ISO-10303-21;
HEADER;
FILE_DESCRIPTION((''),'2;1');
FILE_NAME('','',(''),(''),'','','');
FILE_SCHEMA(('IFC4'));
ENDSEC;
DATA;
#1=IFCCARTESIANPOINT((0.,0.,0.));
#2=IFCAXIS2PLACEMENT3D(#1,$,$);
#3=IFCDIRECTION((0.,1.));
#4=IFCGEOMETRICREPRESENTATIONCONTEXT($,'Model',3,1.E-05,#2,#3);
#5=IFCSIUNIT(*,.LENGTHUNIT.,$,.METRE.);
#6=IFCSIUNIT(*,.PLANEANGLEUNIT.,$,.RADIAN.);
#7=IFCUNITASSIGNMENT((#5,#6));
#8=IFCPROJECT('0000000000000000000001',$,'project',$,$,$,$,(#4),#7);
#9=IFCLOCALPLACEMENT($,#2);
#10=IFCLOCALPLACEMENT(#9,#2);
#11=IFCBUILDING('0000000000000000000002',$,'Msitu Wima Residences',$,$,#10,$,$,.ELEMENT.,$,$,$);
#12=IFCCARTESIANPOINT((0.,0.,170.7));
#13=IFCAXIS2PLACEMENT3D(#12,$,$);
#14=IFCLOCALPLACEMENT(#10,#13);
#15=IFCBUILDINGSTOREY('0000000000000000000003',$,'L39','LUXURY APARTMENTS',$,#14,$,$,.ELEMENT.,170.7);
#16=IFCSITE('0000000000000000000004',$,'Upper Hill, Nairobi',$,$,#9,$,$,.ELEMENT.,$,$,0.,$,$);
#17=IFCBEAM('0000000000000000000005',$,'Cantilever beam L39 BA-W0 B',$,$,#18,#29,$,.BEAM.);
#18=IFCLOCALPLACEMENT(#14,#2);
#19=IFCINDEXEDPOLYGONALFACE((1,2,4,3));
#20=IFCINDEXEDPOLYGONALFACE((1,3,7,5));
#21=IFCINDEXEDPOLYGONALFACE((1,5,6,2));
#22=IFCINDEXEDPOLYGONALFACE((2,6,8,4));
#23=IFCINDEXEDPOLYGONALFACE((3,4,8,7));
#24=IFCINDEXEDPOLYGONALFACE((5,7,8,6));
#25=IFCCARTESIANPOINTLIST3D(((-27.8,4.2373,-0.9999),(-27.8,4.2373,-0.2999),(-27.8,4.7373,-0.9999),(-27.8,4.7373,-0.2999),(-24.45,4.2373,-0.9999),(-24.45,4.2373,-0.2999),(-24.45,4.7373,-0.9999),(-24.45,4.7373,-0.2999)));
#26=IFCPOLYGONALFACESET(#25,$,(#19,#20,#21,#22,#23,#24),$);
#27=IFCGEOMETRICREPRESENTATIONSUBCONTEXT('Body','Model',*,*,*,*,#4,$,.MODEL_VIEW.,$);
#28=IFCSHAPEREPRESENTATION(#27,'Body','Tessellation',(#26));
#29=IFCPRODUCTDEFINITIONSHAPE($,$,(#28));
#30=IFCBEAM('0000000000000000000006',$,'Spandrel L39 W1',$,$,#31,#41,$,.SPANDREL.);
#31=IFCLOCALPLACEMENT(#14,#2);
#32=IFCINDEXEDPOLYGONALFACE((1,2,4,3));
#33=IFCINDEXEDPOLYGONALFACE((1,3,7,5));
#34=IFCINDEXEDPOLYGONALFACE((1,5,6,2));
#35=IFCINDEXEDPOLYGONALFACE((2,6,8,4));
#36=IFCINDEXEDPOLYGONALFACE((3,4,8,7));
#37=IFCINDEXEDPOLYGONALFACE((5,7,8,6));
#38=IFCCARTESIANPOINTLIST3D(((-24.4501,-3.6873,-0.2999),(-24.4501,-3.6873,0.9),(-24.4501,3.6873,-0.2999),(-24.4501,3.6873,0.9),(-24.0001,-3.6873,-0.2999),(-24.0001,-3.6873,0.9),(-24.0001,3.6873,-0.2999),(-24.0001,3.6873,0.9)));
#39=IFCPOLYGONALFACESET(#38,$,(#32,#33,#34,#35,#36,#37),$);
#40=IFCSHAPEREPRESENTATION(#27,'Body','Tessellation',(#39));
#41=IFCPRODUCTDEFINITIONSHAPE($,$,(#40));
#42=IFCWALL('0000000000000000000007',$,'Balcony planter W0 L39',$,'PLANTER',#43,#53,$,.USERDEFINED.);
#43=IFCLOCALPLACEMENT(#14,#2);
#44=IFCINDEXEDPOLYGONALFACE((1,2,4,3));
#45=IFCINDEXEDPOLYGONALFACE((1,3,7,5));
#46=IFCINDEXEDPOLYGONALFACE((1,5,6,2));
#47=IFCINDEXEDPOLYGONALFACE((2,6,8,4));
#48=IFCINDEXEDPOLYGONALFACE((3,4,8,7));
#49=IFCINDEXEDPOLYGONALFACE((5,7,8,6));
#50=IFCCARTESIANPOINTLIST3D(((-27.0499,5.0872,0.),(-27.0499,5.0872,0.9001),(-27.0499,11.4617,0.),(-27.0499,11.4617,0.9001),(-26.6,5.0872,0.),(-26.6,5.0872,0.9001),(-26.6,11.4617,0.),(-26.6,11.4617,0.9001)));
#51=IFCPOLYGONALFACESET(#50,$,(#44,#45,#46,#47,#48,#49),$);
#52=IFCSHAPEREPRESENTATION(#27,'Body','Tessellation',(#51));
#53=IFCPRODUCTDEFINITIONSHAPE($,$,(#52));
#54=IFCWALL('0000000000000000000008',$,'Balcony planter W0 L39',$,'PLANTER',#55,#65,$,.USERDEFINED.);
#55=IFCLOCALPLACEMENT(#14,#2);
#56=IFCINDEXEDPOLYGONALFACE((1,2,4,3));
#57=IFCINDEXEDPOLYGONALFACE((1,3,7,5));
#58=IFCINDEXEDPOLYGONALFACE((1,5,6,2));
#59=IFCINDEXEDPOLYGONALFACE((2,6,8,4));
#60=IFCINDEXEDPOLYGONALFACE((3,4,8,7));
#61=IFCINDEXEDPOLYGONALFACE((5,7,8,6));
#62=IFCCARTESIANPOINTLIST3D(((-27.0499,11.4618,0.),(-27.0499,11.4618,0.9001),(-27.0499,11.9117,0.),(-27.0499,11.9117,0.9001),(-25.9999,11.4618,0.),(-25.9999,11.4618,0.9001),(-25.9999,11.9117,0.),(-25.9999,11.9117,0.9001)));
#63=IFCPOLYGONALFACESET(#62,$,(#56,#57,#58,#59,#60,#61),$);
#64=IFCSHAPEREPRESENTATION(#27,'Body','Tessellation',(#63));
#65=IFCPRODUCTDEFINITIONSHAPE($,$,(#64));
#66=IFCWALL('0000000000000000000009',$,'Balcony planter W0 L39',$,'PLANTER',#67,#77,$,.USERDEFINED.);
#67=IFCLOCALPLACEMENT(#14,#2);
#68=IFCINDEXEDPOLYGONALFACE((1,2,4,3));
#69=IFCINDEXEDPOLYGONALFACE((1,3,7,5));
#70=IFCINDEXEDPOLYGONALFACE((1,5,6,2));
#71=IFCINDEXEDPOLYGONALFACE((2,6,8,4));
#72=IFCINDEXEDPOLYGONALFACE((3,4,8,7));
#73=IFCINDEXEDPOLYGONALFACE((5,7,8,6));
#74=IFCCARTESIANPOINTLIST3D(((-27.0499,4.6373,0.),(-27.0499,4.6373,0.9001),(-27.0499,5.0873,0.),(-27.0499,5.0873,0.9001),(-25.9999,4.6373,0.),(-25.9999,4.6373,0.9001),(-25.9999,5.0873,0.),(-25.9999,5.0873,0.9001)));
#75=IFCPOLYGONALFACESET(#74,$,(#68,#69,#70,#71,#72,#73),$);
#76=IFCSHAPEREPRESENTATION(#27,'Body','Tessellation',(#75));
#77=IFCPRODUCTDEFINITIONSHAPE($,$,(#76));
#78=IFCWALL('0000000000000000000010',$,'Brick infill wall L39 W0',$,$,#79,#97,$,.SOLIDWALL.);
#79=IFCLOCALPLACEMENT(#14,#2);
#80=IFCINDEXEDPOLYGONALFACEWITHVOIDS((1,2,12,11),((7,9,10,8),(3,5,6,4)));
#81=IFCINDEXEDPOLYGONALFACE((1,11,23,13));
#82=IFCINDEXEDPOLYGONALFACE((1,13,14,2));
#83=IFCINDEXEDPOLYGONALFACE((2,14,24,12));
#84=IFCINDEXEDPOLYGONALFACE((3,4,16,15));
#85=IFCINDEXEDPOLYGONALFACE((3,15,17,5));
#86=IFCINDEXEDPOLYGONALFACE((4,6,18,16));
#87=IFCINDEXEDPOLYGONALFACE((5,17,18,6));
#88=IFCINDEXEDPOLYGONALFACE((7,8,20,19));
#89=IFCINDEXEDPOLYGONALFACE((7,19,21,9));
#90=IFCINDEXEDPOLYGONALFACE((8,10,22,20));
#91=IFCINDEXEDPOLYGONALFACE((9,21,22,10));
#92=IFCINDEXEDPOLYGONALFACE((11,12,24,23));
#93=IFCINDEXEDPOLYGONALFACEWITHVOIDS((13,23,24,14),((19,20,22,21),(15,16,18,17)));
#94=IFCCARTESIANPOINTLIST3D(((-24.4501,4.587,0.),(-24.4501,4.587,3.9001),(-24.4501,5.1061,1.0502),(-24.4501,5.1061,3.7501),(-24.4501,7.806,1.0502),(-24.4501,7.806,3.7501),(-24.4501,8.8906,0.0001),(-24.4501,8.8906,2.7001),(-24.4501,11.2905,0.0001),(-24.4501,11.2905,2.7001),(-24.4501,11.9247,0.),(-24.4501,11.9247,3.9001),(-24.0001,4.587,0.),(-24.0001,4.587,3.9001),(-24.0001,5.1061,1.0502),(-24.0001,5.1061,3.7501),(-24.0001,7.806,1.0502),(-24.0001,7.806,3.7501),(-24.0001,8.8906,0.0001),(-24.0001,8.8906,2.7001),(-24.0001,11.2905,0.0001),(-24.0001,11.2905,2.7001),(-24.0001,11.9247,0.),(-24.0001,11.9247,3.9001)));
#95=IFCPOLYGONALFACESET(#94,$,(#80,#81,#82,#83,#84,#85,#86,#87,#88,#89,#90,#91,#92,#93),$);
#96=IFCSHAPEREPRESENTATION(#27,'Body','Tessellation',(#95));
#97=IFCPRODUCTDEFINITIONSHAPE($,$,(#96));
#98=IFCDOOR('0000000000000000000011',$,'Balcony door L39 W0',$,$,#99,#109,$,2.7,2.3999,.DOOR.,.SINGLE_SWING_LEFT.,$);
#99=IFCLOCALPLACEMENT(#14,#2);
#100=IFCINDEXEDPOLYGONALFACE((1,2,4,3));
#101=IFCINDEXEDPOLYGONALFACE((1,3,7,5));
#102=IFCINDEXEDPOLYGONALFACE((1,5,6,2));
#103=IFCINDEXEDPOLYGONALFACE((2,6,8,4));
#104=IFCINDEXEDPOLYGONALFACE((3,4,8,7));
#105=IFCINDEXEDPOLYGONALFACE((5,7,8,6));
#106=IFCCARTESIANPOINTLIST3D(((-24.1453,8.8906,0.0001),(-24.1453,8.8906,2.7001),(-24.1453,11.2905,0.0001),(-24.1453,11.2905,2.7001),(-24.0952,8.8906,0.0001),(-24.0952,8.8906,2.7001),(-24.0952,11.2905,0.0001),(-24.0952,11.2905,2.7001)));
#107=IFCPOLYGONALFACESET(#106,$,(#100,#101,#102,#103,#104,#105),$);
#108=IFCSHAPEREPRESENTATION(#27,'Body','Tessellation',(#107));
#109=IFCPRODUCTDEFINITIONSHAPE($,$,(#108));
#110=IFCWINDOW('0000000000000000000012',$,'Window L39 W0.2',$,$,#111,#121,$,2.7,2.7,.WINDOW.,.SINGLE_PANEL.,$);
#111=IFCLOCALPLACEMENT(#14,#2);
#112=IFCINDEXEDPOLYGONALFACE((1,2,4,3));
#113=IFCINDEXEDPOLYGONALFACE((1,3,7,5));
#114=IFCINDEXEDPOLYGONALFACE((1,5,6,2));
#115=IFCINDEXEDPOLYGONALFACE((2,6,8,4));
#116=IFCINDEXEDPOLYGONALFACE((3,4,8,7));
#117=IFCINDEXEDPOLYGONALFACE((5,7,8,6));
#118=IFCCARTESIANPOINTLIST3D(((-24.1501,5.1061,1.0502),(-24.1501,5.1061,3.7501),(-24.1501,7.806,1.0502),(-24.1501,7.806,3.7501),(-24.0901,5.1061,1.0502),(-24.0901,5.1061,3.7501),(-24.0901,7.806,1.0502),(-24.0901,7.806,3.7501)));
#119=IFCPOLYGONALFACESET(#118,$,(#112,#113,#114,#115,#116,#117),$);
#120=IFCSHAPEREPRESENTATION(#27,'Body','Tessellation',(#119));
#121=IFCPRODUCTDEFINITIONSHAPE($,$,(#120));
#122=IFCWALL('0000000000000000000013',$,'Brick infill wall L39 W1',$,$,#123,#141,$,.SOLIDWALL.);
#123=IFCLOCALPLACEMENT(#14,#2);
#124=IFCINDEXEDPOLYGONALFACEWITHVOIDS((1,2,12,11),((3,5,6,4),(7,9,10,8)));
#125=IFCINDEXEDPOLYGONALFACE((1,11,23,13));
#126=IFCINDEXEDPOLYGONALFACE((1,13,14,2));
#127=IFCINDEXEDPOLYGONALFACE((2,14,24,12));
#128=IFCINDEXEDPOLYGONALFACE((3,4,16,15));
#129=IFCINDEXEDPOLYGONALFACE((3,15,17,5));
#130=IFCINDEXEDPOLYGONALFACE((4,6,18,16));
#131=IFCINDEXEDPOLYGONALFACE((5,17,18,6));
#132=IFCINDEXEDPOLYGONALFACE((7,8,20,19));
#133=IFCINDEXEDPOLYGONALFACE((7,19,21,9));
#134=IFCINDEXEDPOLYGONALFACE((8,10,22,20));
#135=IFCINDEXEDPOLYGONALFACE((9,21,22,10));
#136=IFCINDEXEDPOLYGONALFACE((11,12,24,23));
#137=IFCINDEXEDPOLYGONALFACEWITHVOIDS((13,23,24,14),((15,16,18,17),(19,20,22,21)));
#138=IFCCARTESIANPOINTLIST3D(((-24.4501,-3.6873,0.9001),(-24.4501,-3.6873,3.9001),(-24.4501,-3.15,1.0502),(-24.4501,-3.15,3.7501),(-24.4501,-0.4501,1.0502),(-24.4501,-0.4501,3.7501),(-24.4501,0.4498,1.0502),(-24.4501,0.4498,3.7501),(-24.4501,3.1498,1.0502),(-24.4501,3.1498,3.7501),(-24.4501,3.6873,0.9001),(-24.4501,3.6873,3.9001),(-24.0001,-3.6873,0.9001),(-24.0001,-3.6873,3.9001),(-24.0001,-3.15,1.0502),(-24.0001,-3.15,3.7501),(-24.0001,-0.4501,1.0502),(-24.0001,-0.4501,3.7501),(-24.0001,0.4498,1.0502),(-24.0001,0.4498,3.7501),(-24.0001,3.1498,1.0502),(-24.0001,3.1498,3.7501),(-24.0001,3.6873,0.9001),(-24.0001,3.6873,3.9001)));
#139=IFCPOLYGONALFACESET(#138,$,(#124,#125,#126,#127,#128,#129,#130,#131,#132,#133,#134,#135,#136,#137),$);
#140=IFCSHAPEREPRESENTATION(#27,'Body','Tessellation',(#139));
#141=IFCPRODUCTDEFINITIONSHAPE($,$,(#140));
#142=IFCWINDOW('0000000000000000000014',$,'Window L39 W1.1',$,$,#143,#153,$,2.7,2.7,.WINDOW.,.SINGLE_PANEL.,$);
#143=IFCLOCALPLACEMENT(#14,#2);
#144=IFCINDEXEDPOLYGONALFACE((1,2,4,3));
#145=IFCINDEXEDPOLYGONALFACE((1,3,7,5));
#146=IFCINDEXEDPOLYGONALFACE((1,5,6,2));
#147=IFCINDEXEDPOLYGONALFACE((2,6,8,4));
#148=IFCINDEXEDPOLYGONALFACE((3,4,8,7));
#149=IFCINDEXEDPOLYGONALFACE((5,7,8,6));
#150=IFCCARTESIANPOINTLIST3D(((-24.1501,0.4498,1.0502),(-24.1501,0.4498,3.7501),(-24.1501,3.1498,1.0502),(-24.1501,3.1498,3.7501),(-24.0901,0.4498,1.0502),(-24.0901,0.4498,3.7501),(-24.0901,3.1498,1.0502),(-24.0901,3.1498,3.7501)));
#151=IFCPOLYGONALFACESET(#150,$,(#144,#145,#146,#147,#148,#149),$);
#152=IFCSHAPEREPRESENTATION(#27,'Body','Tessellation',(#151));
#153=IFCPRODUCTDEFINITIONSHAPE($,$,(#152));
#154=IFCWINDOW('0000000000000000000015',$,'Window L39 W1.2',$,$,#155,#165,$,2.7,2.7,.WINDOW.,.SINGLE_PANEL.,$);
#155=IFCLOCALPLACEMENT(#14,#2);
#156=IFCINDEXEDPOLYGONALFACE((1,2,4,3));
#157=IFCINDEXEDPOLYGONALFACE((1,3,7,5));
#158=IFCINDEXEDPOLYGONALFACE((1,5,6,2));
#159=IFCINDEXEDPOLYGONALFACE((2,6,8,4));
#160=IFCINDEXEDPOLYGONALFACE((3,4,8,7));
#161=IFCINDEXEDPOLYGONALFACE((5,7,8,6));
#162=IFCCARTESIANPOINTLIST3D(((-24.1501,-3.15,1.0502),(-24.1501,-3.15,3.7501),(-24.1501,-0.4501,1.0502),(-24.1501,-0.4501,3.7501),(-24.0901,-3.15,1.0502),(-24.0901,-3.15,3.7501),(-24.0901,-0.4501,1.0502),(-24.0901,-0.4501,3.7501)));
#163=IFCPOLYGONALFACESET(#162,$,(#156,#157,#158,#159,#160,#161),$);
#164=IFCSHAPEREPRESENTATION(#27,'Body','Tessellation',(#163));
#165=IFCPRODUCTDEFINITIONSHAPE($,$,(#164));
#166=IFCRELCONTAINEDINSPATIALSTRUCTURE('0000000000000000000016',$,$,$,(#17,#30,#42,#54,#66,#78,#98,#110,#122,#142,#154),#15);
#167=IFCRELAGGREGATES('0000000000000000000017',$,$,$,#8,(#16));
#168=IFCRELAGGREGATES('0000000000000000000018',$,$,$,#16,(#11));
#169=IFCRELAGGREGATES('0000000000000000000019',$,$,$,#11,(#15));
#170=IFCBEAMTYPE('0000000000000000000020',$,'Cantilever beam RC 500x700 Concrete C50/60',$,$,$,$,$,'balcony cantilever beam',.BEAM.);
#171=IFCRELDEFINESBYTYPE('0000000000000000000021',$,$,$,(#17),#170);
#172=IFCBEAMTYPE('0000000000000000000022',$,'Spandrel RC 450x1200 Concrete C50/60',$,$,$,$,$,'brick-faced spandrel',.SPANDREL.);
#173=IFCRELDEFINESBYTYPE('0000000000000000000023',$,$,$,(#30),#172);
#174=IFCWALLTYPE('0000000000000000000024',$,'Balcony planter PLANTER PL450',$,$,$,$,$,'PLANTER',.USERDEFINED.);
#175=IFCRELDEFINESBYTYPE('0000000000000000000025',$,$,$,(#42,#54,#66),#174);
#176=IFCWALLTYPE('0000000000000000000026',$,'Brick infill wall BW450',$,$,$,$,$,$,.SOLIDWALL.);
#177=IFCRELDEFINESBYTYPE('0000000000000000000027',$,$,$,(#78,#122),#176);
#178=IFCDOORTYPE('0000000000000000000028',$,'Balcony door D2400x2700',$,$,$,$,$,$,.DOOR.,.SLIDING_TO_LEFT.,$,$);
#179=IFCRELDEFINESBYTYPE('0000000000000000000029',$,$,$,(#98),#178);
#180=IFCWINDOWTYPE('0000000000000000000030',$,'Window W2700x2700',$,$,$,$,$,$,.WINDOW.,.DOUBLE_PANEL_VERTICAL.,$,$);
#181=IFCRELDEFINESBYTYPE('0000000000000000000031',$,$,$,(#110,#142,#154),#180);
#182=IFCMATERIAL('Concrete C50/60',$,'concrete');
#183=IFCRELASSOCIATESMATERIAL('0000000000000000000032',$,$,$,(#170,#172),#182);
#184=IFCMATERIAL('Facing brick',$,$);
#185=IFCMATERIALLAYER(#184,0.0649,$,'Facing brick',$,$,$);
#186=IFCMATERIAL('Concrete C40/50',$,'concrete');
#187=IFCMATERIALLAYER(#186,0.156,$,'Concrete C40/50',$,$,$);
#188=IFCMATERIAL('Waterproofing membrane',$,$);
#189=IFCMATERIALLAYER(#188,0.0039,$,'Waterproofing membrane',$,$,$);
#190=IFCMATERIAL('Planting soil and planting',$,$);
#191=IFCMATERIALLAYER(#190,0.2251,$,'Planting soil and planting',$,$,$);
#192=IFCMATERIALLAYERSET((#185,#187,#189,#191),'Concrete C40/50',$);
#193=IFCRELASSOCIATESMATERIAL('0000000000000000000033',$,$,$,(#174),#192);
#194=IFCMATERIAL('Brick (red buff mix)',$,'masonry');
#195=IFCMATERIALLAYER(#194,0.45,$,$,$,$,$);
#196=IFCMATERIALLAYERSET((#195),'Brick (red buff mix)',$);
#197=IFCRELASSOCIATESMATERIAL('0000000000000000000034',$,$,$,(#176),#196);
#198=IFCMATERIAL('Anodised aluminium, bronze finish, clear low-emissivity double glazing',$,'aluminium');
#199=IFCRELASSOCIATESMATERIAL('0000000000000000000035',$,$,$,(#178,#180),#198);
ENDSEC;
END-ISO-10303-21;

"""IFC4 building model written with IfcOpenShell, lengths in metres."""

from ifc_helpers import new_model, si_unit, direction, frame, frame_2d, origin, origin_2d, place, context, subcontext, project, spatial, rectangle, extrude, material, layer, layer_set, material_profile, profile_set, type_object, element, fill, save


model = new_model("IFC4")

# Units and contexts
model_context = context("Model", 3, precision=1e-05, world=origin(), true_north=direction((0.0, 1.0)))
body_context = subcontext(model_context, "Body", "Model", "MODEL_VIEW")
ifc_project = project(units=[si_unit("LENGTHUNIT", "METRE"), si_unit("PLANEANGLEUNIT", "RADIAN")], contexts=[model_context])

# Site, building, storey
site_placement = place(None, origin())
site = spatial("IfcSite", under=ifc_project, at=site_placement, Name="Upper Hill, Nairobi", CompositionType="ELEMENT", RefElevation=0.0)
building_placement = place(site_placement, origin())
building = spatial("IfcBuilding", under=site, at=building_placement, Name="Msitu Wima Residences", CompositionType="ELEMENT")
storey_placement = place(building_placement, frame((0.0, 0.0, 170.7)))
storey = spatial("IfcBuildingStorey", under=building, at=storey_placement, Name="L39", Description="LUXURY APARTMENTS", CompositionType="ELEMENT", Elevation=170.7)

# Beams
ifc_material_1 = material(Name="Concrete C50/60", Category="concrete")
ifc_material_profile_1 = material_profile(ifc_material_1, rectangle(XDim=0.5, YDim=0.7, at=origin_2d()), Name="RC 500x700")
ifc_profile_set_1 = profile_set([ifc_material_profile_1], Name="Concrete C50/60")
beam_type_1 = type_object("IfcBeamType", Name="Cantilever beam RC 500x700 Concrete C50/60", ElementType="balcony cantilever beam", PredefinedType="BEAM", material=ifc_profile_set_1)
beam_1_placement = place(storey_placement, frame((-24.45, 4.4873, -0.6499), z_axis=(-1.0, 0.0, 0.0), x_axis=(0.0, -1.0, 0.0)))
element("IfcBeam", 1, at=beam_1_placement, inside=storey, type_object=beam_type_1, Name="Cantilever beam L39 BA-W0 B", PredefinedType="BEAM", context=body_context, shape_type="SweptSolid", body=[
    extrude(rectangle(XDim=0.5, YDim=0.7, at=origin_2d()), origin(), (0.0, 0.0, 1.0), 3.3501),
])
ifc_material_profile_2 = material_profile(ifc_material_1, rectangle(XDim=0.45, YDim=1.2, at=origin_2d()), Name="RC 450x1200")
ifc_profile_set_2 = profile_set([ifc_material_profile_2], Name="Concrete C50/60")
beam_type_2 = type_object("IfcBeamType", Name="Spandrel RC 450x1200 Concrete C50/60", ElementType="brick-faced spandrel", PredefinedType="SPANDREL", material=ifc_profile_set_2)
beam_2_placement = place(storey_placement, frame((-24.2251, 3.6873, 0.3), z_axis=(0.0, -1.0, 0.0), x_axis=(1.0, 0.0, 0.0)))
element("IfcBeam", 2, at=beam_2_placement, inside=storey, type_object=beam_type_2, Name="Spandrel L39 W1", PredefinedType="SPANDREL", context=body_context, shape_type="SweptSolid", body=[
    extrude(rectangle(XDim=0.45, YDim=1.2, at=origin_2d()), origin(), (0.0, 0.0, 1.0), 7.3745),
])

# Walls
ifc_material_2 = material(Name="Facing brick")
ifc_layer_1 = layer(ifc_material_2, 0.0649, Name="Facing brick")
ifc_material_3 = material(Name="Concrete C40/50", Category="concrete")
ifc_layer_2 = layer(ifc_material_3, 0.156, Name="Concrete C40/50")
ifc_material_4 = material(Name="Waterproofing membrane")
ifc_layer_3 = layer(ifc_material_4, 0.0039, Name="Waterproofing membrane")
ifc_material_5 = material(Name="Planting soil and planting")
ifc_layer_4 = layer(ifc_material_5, 0.2251, Name="Planting soil and planting")
ifc_layer_set_1 = layer_set([ifc_layer_1, ifc_layer_2, ifc_layer_3, ifc_layer_4], Name="Concrete C40/50")
wall_type_1 = type_object("IfcWallType", Name="Balcony planter PLANTER PL450", ElementType="PLANTER", PredefinedType="USERDEFINED", material=ifc_layer_set_1)
wall_1_placement = place(storey_placement, frame((-26.825, 11.4617, 0.0), z_axis=(0.0, 0.0, 1.0), x_axis=(0.0, -1.0, 0.0)))
element("IfcWall", 3, at=wall_1_placement, inside=storey, type_object=wall_type_1, Name="Balcony planter W0 L39", ObjectType="PLANTER", PredefinedType="USERDEFINED", context=body_context, shape_type="SweptSolid", body=[
    extrude(rectangle(XDim=6.3745, YDim=0.45, at=frame_2d((3.1873, 0.0))), origin(), (0.0, 0.0, 1.0), 0.9001),
])
for number, where, z_axis, x_axis, name in (
    (4, (-26.0, 11.6868, 0.0), (0.0, 0.0, 1.0), (-1.0, 0.0, 0.0), "Balcony planter W0 L39"),
    (5, (-26.0, 4.8623, 0.0), (0.0, 0.0, 1.0), (-1.0, 0.0, 0.0), "Balcony planter W0 L39"),
):
    element("IfcWall", number, at=place(storey_placement, frame(where, z_axis=z_axis, x_axis=x_axis)), inside=storey, type_object=wall_type_1, Name=name, ObjectType="PLANTER", PredefinedType="USERDEFINED", context=body_context, shape_type="SweptSolid", body=[
        extrude(rectangle(XDim=1.05, YDim=0.45, at=frame_2d((0.5249, 0.0))), origin(), (0.0, 0.0, 1.0), 0.9001),
    ])

# Wall, openings, door, window
ifc_material_6 = material(Name="Brick (red buff mix)", Category="masonry")
ifc_layer_5 = layer(ifc_material_6, 0.45)
ifc_layer_set_2 = layer_set([ifc_layer_5], Name="Brick (red buff mix)")
wall_type_2 = type_object("IfcWallType", Name="Brick infill wall BW450", PredefinedType="SOLIDWALL", material=ifc_layer_set_2)
wall_2_placement = place(storey_placement, frame((-24.2251, 11.9248, 0.0), z_axis=(0.0, 0.0, 1.0), x_axis=(0.0, -1.0, 0.0)))
wall_2 = element("IfcWall", 6, at=wall_2_placement, inside=storey, type_object=wall_type_2, Name="Brick infill wall L39 W0", PredefinedType="SOLIDWALL", context=body_context, shape_type="SweptSolid", body=[
    extrude(rectangle(XDim=7.3376, YDim=0.45, at=frame_2d((3.6689, 0.0))), origin(), (0.0, 0.0, 1.0), 3.9001),
])
opening_1_placement = place(wall_2_placement, frame((0.6343, 0.0, 0.0)))
opening_1 = element("IfcOpeningElement", 7, at=opening_1_placement, cuts=wall_2, PredefinedType="OPENING", context=body_context, shape_type="SweptSolid", body=[
    extrude(rectangle(XDim=2.3999, YDim=2.7, at=frame_2d((1.2, 1.3501))), frame((0.0, 0.2349, 0.0), z_axis=(0.0, -1.0, 0.0), x_axis=(1.0, 0.0, 0.0)), (0.0, 0.0, 1.0), 0.47),
])
opening_2_placement = place(wall_2_placement, frame((4.1187, 0.0, 1.05)))
opening_2 = element("IfcOpeningElement", 8, at=opening_2_placement, cuts=wall_2, PredefinedType="OPENING", context=body_context, shape_type="SweptSolid", body=[
    extrude(rectangle(XDim=2.7, YDim=2.7, at=frame_2d((1.3501, 1.3501))), frame((0.0, 0.2349, 0.0), z_axis=(0.0, -1.0, 0.0), x_axis=(1.0, 0.0, 0.0)), (0.0, 0.0, 1.0), 0.47),
])
ifc_material_7 = material(Name="Anodised aluminium, bronze finish, clear low-emissivity double glazing", Category="aluminium")
door_type = type_object("IfcDoorType", Name="Balcony door D2400x2700", OperationType="SLIDING_TO_LEFT", PredefinedType="DOOR", material=ifc_material_7)
door_placement = place(opening_1_placement, origin())
door = element("IfcDoor", 9, at=door_placement, inside=storey, type_object=door_type, Name="Balcony door L39 W0", OperationType="SINGLE_SWING_LEFT", OverallHeight=2.7, OverallWidth=2.3999, PredefinedType="DOOR", context=body_context, shape_type="SweptSolid", body=[
    extrude(rectangle(XDim=2.3999, YDim=2.7, at=frame_2d((1.2, 1.3501))), frame((0.0, 0.1299, 0.0), z_axis=(0.0, -1.0, 0.0), x_axis=(1.0, 0.0, 0.0)), (0.0, 0.0, 1.0), 0.05),
])
fill(opening_1, door)
window_type = type_object("IfcWindowType", Name="Window W2700x2700", PartitioningType="DOUBLE_PANEL_VERTICAL", PredefinedType="WINDOW", material=ifc_material_7)
window_1_placement = place(opening_2_placement, origin())
window_1 = element("IfcWindow", 10, at=window_1_placement, inside=storey, type_object=window_type, Name="Window L39 W0.2", OverallHeight=2.7, OverallWidth=2.7, PartitioningType="SINGLE_PANEL", PredefinedType="WINDOW", context=body_context, shape_type="SweptSolid", body=[
    extrude(rectangle(XDim=2.7, YDim=2.7, at=frame_2d((1.3501, 1.3501))), frame((0.0, 0.135, 0.0), z_axis=(0.0, -1.0, 0.0), x_axis=(1.0, 0.0, 0.0)), (0.0, 0.0, 1.0), 0.0601),
])
fill(opening_2, window_1)

# Wall, openings, windows
wall_3_placement = place(storey_placement, frame((-24.2251, 3.6873, 0.9001), z_axis=(0.0, 0.0, 1.0), x_axis=(0.0, -1.0, 0.0)))
wall_3 = element("IfcWall", 11, at=wall_3_placement, inside=storey, type_object=wall_type_2, Name="Brick infill wall L39 W1", PredefinedType="SOLIDWALL", context=body_context, shape_type="SweptSolid", body=[
    extrude(rectangle(XDim=7.3745, YDim=0.45, at=frame_2d((3.6873, 0.0))), origin(), (0.0, 0.0, 1.0), 3.0),
])
opening_3_placement = place(wall_3_placement, frame((0.5374, 0.0, 0.1499)))
opening_3 = element("IfcOpeningElement", 12, at=opening_3_placement, cuts=wall_3, PredefinedType="OPENING", context=body_context, shape_type="SweptSolid", body=[
    extrude(rectangle(XDim=2.7, YDim=2.7, at=frame_2d((1.3501, 1.3501))), frame((0.0, 0.2349, 0.0), z_axis=(0.0, -1.0, 0.0), x_axis=(1.0, 0.0, 0.0)), (0.0, 0.0, 1.0), 0.47),
])
opening_4_placement = place(wall_3_placement, frame((4.1372, 0.0, 0.1499)))
opening_4 = element("IfcOpeningElement", 13, at=opening_4_placement, cuts=wall_3, PredefinedType="OPENING", context=body_context, shape_type="SweptSolid", body=[
    extrude(rectangle(XDim=2.7, YDim=2.7, at=frame_2d((1.3501, 1.3501))), frame((0.0, 0.2349, 0.0), z_axis=(0.0, -1.0, 0.0), x_axis=(1.0, 0.0, 0.0)), (0.0, 0.0, 1.0), 0.47),
])
window_2_placement = place(opening_3_placement, origin())
window_2 = element("IfcWindow", 14, at=window_2_placement, inside=storey, type_object=window_type, Name="Window L39 W1.1", OverallHeight=2.7, OverallWidth=2.7, PartitioningType="SINGLE_PANEL", PredefinedType="WINDOW", context=body_context, shape_type="SweptSolid", body=[
    extrude(rectangle(XDim=2.7, YDim=2.7, at=frame_2d((1.3501, 1.3501))), frame((0.0, 0.135, 0.0), z_axis=(0.0, -1.0, 0.0), x_axis=(1.0, 0.0, 0.0)), (0.0, 0.0, 1.0), 0.0601),
])
fill(opening_3, window_2)
window_3_placement = place(opening_4_placement, origin())
window_3 = element("IfcWindow", 15, at=window_3_placement, inside=storey, type_object=window_type, Name="Window L39 W1.2", OverallHeight=2.7, OverallWidth=2.7, PartitioningType="SINGLE_PANEL", PredefinedType="WINDOW", context=body_context, shape_type="SweptSolid", body=[
    extrude(rectangle(XDim=2.7, YDim=2.7, at=frame_2d((1.3501, 1.3501))), frame((0.0, 0.135, 0.0), z_axis=(0.0, -1.0, 0.0), x_axis=(1.0, 0.0, 0.0)), (0.0, 0.0, 1.0), 0.0601),
])
fill(opening_4, window_3)

save(model, "model.ifc")
